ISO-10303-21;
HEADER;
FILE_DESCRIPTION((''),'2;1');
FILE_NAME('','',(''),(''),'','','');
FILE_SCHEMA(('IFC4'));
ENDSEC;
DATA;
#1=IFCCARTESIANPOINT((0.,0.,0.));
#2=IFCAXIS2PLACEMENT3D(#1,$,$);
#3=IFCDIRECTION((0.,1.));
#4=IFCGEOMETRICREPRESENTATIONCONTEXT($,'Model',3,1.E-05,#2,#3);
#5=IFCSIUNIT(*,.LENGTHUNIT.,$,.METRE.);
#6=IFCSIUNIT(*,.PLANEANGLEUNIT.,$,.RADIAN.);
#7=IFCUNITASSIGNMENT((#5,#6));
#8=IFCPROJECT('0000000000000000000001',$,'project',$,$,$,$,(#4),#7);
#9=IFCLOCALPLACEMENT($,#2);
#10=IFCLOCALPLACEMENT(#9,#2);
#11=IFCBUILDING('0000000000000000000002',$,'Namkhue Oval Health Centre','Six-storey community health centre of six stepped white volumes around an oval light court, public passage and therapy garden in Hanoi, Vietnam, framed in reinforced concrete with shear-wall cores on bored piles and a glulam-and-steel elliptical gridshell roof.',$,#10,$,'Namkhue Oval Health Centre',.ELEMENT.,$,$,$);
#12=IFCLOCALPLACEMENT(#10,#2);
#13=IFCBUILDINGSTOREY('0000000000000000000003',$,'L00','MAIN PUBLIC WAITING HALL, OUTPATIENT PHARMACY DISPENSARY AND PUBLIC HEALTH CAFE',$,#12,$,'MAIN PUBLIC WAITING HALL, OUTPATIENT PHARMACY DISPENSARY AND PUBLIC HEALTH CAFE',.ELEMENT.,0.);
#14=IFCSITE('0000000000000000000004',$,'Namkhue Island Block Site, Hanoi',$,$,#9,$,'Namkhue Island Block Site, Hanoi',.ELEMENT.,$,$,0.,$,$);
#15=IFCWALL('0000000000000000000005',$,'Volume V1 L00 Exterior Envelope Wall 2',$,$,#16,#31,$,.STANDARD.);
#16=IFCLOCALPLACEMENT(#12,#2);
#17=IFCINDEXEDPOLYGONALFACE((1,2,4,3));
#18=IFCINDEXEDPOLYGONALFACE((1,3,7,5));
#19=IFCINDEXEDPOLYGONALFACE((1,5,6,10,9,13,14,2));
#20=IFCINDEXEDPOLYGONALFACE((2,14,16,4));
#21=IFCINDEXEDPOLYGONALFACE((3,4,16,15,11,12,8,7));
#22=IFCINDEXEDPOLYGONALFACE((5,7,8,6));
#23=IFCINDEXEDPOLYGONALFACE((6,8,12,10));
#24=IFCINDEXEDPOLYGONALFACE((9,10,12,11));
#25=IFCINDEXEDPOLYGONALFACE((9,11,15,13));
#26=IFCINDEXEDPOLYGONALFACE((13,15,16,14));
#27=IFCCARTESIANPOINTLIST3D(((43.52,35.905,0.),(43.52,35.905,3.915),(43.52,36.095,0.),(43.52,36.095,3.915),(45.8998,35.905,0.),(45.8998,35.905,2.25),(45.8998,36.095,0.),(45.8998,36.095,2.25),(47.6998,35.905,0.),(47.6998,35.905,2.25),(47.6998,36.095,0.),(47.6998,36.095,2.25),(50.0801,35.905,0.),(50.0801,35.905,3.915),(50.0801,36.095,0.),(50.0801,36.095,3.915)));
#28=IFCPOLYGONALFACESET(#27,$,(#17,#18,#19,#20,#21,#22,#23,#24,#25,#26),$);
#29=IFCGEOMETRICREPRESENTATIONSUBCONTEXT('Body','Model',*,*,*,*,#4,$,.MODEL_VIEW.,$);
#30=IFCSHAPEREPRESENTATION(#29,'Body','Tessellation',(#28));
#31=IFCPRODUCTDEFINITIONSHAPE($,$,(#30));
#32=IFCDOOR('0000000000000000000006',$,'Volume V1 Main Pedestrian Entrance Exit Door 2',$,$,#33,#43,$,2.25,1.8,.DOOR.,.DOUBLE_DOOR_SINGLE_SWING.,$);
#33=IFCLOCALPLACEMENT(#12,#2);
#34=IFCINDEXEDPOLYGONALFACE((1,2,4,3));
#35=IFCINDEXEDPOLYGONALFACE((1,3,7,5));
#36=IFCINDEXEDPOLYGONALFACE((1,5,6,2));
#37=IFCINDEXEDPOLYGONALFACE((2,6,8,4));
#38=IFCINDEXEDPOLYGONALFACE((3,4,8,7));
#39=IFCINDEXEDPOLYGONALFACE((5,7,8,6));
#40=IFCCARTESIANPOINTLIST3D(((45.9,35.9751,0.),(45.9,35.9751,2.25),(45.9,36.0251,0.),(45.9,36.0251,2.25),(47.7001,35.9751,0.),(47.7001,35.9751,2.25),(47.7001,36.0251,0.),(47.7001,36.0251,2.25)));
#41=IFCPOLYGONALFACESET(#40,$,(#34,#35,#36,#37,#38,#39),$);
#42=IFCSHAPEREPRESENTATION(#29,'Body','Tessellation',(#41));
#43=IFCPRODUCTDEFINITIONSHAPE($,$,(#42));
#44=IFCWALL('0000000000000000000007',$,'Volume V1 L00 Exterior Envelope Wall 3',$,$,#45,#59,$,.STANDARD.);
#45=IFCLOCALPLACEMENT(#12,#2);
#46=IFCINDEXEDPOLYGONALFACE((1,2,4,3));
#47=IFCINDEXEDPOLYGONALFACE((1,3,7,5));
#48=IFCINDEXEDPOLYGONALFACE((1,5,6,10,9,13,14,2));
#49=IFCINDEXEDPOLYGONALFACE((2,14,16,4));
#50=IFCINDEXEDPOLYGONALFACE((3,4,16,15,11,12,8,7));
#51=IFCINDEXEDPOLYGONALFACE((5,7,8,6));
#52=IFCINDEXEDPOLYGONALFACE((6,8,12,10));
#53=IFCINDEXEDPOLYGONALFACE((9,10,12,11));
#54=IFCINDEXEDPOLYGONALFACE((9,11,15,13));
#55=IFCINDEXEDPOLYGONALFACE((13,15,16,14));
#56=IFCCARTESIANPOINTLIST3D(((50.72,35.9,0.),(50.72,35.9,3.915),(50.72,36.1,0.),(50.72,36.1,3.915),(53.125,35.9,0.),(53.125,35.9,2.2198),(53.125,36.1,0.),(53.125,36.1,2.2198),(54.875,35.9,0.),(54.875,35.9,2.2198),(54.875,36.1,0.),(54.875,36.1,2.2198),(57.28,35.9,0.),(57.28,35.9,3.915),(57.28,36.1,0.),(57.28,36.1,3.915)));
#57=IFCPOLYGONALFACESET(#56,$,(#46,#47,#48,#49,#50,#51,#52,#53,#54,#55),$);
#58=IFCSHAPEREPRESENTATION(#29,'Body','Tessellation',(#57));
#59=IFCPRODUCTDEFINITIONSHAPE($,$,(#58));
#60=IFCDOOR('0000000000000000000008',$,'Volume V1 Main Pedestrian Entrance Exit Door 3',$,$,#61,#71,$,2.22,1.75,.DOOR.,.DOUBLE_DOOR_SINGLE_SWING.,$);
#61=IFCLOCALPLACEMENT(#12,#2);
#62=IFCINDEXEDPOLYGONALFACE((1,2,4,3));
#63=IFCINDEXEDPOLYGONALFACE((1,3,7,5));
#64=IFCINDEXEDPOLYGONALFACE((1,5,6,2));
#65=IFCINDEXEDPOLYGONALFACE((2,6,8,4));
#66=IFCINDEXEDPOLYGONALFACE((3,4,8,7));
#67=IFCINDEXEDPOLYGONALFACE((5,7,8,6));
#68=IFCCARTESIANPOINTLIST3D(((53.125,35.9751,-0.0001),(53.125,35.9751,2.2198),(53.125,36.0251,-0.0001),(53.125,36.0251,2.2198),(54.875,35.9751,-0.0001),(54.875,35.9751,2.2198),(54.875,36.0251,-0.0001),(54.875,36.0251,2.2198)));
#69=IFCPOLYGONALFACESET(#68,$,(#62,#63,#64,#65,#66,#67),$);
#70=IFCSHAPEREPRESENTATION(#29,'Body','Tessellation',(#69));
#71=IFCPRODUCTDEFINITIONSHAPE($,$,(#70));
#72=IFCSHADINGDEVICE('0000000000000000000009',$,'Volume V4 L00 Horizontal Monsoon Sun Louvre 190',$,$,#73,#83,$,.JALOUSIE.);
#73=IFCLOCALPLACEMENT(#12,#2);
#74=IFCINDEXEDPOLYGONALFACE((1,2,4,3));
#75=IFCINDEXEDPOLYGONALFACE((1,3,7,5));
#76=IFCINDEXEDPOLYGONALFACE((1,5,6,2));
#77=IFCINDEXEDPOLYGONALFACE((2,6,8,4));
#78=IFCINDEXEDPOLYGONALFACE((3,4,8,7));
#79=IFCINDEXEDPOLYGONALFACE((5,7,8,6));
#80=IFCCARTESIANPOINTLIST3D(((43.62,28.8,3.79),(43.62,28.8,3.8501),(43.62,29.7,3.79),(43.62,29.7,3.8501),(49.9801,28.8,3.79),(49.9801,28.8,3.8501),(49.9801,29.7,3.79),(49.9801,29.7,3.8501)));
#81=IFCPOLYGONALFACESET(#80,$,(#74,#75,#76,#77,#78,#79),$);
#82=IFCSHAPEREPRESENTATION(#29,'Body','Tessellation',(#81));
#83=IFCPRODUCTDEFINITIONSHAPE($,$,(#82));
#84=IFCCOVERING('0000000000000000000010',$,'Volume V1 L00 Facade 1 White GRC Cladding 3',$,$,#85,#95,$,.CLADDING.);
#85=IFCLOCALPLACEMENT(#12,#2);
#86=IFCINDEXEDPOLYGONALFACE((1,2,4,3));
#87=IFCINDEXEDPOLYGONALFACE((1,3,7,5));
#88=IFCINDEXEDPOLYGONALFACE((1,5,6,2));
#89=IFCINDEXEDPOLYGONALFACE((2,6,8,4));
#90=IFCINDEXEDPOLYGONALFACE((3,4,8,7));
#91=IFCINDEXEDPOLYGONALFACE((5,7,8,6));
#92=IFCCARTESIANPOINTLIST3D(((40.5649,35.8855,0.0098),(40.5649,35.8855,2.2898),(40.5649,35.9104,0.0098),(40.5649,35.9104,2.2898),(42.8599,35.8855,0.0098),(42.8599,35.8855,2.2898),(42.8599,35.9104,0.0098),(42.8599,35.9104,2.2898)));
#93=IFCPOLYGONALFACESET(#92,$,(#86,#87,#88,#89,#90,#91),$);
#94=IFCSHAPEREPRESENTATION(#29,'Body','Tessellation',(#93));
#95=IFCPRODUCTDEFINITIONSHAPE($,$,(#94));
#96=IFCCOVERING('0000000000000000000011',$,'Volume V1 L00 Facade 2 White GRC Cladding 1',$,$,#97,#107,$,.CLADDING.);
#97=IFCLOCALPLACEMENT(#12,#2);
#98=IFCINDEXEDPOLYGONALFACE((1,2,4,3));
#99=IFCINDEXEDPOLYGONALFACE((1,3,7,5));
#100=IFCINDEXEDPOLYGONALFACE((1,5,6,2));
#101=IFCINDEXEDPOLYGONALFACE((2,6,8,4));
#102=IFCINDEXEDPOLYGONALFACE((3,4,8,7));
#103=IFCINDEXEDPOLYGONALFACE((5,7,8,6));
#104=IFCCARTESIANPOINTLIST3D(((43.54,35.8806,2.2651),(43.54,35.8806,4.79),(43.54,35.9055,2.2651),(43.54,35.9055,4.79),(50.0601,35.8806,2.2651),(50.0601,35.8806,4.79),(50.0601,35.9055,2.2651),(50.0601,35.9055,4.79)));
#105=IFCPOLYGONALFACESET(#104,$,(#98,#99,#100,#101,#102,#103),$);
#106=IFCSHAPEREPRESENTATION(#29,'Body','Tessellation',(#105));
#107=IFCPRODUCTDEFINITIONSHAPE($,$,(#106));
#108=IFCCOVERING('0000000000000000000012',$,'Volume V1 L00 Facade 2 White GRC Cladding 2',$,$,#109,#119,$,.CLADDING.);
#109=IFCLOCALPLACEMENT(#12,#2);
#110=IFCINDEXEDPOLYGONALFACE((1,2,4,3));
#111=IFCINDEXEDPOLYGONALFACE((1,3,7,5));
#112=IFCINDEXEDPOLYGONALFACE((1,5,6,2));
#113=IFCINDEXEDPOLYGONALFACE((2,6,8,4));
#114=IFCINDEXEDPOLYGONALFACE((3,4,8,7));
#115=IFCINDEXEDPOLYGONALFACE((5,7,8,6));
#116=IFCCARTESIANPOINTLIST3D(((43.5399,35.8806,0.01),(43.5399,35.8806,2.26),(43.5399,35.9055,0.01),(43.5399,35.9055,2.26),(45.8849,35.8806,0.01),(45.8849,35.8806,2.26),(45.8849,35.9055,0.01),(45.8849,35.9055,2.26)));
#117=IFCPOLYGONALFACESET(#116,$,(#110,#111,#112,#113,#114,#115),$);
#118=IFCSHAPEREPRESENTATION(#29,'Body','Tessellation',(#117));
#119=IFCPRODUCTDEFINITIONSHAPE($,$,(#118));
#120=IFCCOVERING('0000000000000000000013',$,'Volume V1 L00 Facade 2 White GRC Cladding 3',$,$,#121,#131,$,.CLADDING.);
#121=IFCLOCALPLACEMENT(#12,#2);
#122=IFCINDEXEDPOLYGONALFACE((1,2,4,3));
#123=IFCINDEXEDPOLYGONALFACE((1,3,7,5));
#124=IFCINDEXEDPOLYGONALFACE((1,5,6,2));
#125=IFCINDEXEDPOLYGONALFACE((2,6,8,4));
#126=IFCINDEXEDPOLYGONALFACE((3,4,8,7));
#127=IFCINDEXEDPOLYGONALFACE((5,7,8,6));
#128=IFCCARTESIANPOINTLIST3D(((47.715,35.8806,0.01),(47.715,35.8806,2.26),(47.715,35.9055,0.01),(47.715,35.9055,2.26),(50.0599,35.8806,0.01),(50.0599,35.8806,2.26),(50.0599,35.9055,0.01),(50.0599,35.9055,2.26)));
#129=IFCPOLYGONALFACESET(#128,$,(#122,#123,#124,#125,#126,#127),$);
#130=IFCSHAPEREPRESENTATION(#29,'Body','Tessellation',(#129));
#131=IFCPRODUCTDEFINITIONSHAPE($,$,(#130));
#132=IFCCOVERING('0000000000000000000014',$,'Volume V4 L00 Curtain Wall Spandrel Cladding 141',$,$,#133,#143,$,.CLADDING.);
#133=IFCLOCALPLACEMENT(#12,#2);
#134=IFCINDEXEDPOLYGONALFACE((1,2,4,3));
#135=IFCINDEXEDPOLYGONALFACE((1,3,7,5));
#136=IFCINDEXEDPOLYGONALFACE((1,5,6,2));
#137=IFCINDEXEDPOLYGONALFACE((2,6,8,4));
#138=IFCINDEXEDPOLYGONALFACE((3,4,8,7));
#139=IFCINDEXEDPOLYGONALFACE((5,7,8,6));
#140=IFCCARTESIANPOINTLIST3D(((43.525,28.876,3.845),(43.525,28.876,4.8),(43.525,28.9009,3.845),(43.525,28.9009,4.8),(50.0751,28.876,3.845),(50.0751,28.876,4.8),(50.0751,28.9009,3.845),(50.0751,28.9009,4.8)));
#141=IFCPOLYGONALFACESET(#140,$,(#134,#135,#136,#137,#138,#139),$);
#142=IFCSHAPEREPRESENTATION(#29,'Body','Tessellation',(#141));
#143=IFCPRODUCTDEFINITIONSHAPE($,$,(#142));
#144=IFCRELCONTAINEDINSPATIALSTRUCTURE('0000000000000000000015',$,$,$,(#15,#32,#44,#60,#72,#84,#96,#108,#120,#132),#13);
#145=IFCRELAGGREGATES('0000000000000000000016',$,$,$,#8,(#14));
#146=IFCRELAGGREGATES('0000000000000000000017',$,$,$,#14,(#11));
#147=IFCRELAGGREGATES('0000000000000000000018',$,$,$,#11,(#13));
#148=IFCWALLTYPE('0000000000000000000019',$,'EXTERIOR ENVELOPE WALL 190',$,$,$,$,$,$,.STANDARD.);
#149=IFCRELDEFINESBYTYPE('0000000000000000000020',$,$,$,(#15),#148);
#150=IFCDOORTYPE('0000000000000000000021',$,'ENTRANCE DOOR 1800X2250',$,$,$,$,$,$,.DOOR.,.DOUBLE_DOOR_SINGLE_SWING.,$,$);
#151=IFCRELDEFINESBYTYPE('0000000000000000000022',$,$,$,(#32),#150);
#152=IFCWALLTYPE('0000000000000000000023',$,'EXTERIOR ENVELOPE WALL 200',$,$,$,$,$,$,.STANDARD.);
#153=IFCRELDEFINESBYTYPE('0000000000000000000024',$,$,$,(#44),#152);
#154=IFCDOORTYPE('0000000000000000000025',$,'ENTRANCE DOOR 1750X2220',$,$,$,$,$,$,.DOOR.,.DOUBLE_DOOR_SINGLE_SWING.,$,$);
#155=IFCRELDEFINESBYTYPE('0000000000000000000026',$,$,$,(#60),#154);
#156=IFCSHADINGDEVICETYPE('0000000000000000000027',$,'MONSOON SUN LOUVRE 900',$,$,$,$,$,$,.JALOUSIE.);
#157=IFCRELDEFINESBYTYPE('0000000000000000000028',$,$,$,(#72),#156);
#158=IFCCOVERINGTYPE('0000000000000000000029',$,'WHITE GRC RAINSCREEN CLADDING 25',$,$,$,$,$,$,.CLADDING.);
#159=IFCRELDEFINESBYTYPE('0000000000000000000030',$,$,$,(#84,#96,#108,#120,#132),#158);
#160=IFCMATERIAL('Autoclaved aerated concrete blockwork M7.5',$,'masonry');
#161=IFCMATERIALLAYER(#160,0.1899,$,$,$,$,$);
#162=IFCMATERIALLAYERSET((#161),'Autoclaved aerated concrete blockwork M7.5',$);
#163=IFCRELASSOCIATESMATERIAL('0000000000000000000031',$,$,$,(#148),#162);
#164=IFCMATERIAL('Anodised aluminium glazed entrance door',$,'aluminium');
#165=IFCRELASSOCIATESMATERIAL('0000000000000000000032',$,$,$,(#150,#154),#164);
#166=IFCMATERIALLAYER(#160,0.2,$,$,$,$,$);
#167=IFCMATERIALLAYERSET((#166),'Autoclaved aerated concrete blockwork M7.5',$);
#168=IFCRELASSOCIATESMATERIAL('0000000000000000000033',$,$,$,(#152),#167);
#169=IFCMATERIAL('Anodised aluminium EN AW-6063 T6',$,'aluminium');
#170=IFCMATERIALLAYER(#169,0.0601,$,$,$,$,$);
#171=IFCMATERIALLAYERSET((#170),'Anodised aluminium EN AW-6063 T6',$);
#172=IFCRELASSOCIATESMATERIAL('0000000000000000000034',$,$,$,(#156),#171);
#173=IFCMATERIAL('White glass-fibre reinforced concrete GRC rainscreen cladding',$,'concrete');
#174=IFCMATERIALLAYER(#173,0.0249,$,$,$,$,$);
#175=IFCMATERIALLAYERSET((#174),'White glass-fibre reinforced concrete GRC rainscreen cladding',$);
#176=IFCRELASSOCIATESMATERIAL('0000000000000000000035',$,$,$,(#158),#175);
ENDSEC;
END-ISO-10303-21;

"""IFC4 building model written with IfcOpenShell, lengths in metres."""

from ifc_helpers import new_model, si_unit, direction, frame, frame_2d, origin, origin_2d, place, context, subcontext, project, spatial, rectangle, extrude, material, layer, layer_set, type_object, element, fill, save


model = new_model("IFC4")

# Units and contexts
model_context = context("Model", 3, precision=1e-05, world=origin(), true_north=direction((0.0, 1.0)))
body_context = subcontext(model_context, "Body", "Model", "MODEL_VIEW")
ifc_project = project(units=[si_unit("LENGTHUNIT", "METRE"), si_unit("PLANEANGLEUNIT", "RADIAN")], contexts=[model_context])

# Site, building, storey
site_placement = place(None, origin())
site = spatial("IfcSite", under=ifc_project, at=site_placement, Name="Namkhue Island Block Site, Hanoi", LongName="Namkhue Island Block Site, Hanoi", CompositionType="ELEMENT", RefElevation=0.0)
building_placement = place(site_placement, origin())
building = spatial("IfcBuilding", under=site, at=building_placement, Name="Namkhue Oval Health Centre", Description="Six-storey community health centre of six stepped white volumes around an oval light court, public passage and therapy garden in Hanoi, Vietnam, framed in reinforced concrete with shear-wall cores on bored piles and a glulam-and-steel elliptical gridshell roof.", LongName="Namkhue Oval Health Centre", CompositionType="ELEMENT")
storey_placement = place(building_placement, origin())
storey = spatial("IfcBuildingStorey", under=building, at=storey_placement, Name="L00", Description="MAIN PUBLIC WAITING HALL, OUTPATIENT PHARMACY DISPENSARY AND PUBLIC HEALTH CAFE", LongName="MAIN PUBLIC WAITING HALL, OUTPATIENT PHARMACY DISPENSARY AND PUBLIC HEALTH CAFE", CompositionType="ELEMENT", Elevation=0.0)

# Shared definitions
ifc_material_1 = material(Name="Anodised aluminium EN AW-6063 T6", Category="aluminium")

# Walls, openings, doors
ifc_material_2 = material(Name="Autoclaved aerated concrete blockwork M7.5", Category="masonry")
ifc_layer_1 = layer(ifc_material_2, 0.1899)
ifc_layer_set_1 = layer_set([ifc_layer_1], Name="Autoclaved aerated concrete blockwork M7.5")
wall_type_1 = type_object("IfcWallType", Name="EXTERIOR ENVELOPE WALL 190", PredefinedType="STANDARD", material=ifc_layer_set_1)
wall_1_placement = place(storey_placement, frame((43.52, 36.0, 0.0), z_axis=(0.0, 0.0, 1.0), x_axis=(1.0, 0.0, 0.0)))
wall_1 = element("IfcWall", 1, at=wall_1_placement, inside=storey, type_object=wall_type_1, Name="Volume V1 L00 Exterior Envelope Wall 2", PredefinedType="STANDARD", context=body_context, shape_type="SweptSolid", body=[
    extrude(rectangle(XDim=6.5601, YDim=0.1899, at=frame_2d((3.28, 0.0))), origin(), (0.0, 0.0, 1.0), 3.915),
])
opening_1_placement = place(wall_1_placement, frame((2.3799, 0.0, 0.0)))
opening_1 = element("IfcOpeningElement", 2, at=opening_1_placement, cuts=wall_1, PredefinedType="OPENING", context=body_context, shape_type="SweptSolid", body=[
    extrude(rectangle(XDim=1.8, YDim=2.25, at=frame_2d((0.8999, 1.125))), frame((0.0, 0.105, 0.0), z_axis=(0.0, -1.0, 0.0), x_axis=(1.0, 0.0, 0.0)), (0.0, 0.0, 1.0), 0.21),
])
ifc_material_3 = material(Name="Anodised aluminium glazed entrance door", Category="aluminium")
door_type_1 = type_object("IfcDoorType", Name="ENTRANCE DOOR 1800X2250", OperationType="DOUBLE_DOOR_SINGLE_SWING", PredefinedType="DOOR", material=ifc_material_3)
door_1_placement = place(opening_1_placement, frame((1.8, 0.0, 0.0), z_axis=(0.0, 0.0, 1.0), x_axis=(-1.0, 0.0, 0.0)))
door_1 = element("IfcDoor", 3, at=door_1_placement, inside=storey, type_object=door_type_1, Name="Volume V1 Main Pedestrian Entrance Exit Door 2", OperationType="DOUBLE_DOOR_SINGLE_SWING", OverallHeight=2.25, OverallWidth=1.8, PredefinedType="DOOR", context=body_context, shape_type="SweptSolid", body=[
    extrude(rectangle(XDim=1.8, YDim=2.25, at=frame_2d((0.8999, 1.125))), frame((0.0, 0.0249, 0.0), z_axis=(0.0, -1.0, 0.0), x_axis=(1.0, 0.0, 0.0)), (0.0, 0.0, 1.0), 0.05),
])
fill(opening_1, door_1)
ifc_layer_2 = layer(ifc_material_2, 0.2)
ifc_layer_set_2 = layer_set([ifc_layer_2], Name="Autoclaved aerated concrete blockwork M7.5")
wall_type_2 = type_object("IfcWallType", Name="EXTERIOR ENVELOPE WALL 200", PredefinedType="STANDARD", material=ifc_layer_set_2)
wall_2_placement = place(storey_placement, frame((50.72, 36.0, 0.0), z_axis=(0.0, 0.0, 1.0), x_axis=(1.0, 0.0, 0.0)))
wall_2 = element("IfcWall", 4, at=wall_2_placement, inside=storey, type_object=wall_type_2, Name="Volume V1 L00 Exterior Envelope Wall 3", PredefinedType="STANDARD", context=body_context, shape_type="SweptSolid", body=[
    extrude(rectangle(XDim=6.5601, YDim=0.2, at=frame_2d((3.28, 0.0))), origin(), (0.0, 0.0, 1.0), 3.915),
])
opening_2_placement = place(wall_2_placement, frame((2.405, 0.0, 0.0)))
opening_2 = element("IfcOpeningElement", 5, at=opening_2_placement, cuts=wall_2, PredefinedType="OPENING", context=body_context, shape_type="SweptSolid", body=[
    extrude(rectangle(XDim=1.75, YDim=2.22, at=frame_2d((0.875, 1.1099))), frame((0.0, 0.1099, 0.0), z_axis=(0.0, -1.0, 0.0), x_axis=(1.0, 0.0, 0.0)), (0.0, 0.0, 1.0), 0.22),
])
door_type_2 = type_object("IfcDoorType", Name="ENTRANCE DOOR 1750X2220", OperationType="DOUBLE_DOOR_SINGLE_SWING", PredefinedType="DOOR", material=ifc_material_3)
door_2_placement = place(opening_2_placement, frame((1.75, 0.0, 0.0), z_axis=(0.0, 0.0, 1.0), x_axis=(-1.0, 0.0, 0.0)))
door_2 = element("IfcDoor", 6, at=door_2_placement, inside=storey, type_object=door_type_2, Name="Volume V1 Main Pedestrian Entrance Exit Door 3", OperationType="DOUBLE_DOOR_SINGLE_SWING", OverallHeight=2.22, OverallWidth=1.75, PredefinedType="DOOR", context=body_context, shape_type="SweptSolid", body=[
    extrude(rectangle(XDim=1.75, YDim=2.22, at=frame_2d((0.875, 1.1099))), frame((0.0, 0.0249, 0.0), z_axis=(0.0, -1.0, 0.0), x_axis=(1.0, 0.0, 0.0)), (0.0, 0.0, 1.0), 0.05),
])
fill(opening_2, door_2)

# Shading device
ifc_layer_3 = layer(ifc_material_1, 0.0601)
ifc_layer_set_3 = layer_set([ifc_layer_3], Name="Anodised aluminium EN AW-6063 T6")
shading_device_type = type_object("IfcShadingDeviceType", Name="MONSOON SUN LOUVRE 900", PredefinedType="JALOUSIE", material=ifc_layer_set_3)
shading_device_placement = place(storey_placement, frame((46.8, 29.25, 3.79), z_axis=(0.0, 0.0, 1.0), x_axis=(-1.0, 0.0, 0.0)))
element("IfcShadingDevice", 7, at=shading_device_placement, inside=storey, type_object=shading_device_type, Name="Volume V4 L00 Horizontal Monsoon Sun Louvre 190", PredefinedType="JALOUSIE", context=body_context, shape_type="SweptSolid", body=[
    extrude(rectangle(XDim=6.3601, YDim=0.8999, at=origin_2d()), origin(), (0.0, 0.0, 1.0), 0.0601),
])

# Coverings
ifc_material_4 = material(Name="White glass-fibre reinforced concrete GRC rainscreen cladding", Category="concrete")
ifc_layer_4 = layer(ifc_material_4, 0.0249)
ifc_layer_set_4 = layer_set([ifc_layer_4], Name="White glass-fibre reinforced concrete GRC rainscreen cladding")
covering_type = type_object("IfcCoveringType", Name="WHITE GRC RAINSCREEN CLADDING 25", PredefinedType="CLADDING", material=ifc_layer_set_4)
covering_1_placement = place(storey_placement, frame((41.7124, 35.8979, 0.0098), z_axis=(0.0, 0.0, 1.0), x_axis=(1.0, 0.0, 0.0)))
element("IfcCovering", 8, at=covering_1_placement, inside=storey, type_object=covering_type, Name="Volume V1 L00 Facade 1 White GRC Cladding 3", PredefinedType="CLADDING", context=body_context, shape_type="SweptSolid", body=[
    extrude(rectangle(XDim=2.2949, YDim=0.0249, at=origin_2d()), origin(), (0.0, 0.0, 1.0), 2.28),
])
covering_2_placement = place(storey_placement, frame((46.8, 35.8931, 2.2651), z_axis=(0.0, 0.0, 1.0), x_axis=(1.0, 0.0, 0.0)))
element("IfcCovering", 9, at=covering_2_placement, inside=storey, type_object=covering_type, Name="Volume V1 L00 Facade 2 White GRC Cladding 1", PredefinedType="CLADDING", context=body_context, shape_type="SweptSolid", body=[
    extrude(rectangle(XDim=6.52, YDim=0.0249, at=origin_2d()), origin(), (0.0, 0.0, 1.0), 2.5249),
])
for number, where, z_axis, x_axis, name in (
    (10, (44.7124, 35.8931, 0.01), (0.0, 0.0, 1.0), (1.0, 0.0, 0.0), "Volume V1 L00 Facade 2 White GRC Cladding 2"),
    (11, (48.8875, 35.8931, 0.01), (0.0, 0.0, 1.0), (1.0, 0.0, 0.0), "Volume V1 L00 Facade 2 White GRC Cladding 3"),
):
    element("IfcCovering", number, at=place(storey_placement, frame(where, z_axis=z_axis, x_axis=x_axis)), inside=storey, type_object=covering_type, Name=name, PredefinedType="CLADDING", context=body_context, shape_type="SweptSolid", body=[
        extrude(rectangle(XDim=2.345, YDim=0.0249, at=origin_2d()), origin(), (0.0, 0.0, 1.0), 2.25),
    ])
covering_3_placement = place(storey_placement, frame((46.8, 28.8884, 3.845), z_axis=(0.0, 0.0, 1.0), x_axis=(-1.0, 0.0, 0.0)))
element("IfcCovering", 12, at=covering_3_placement, inside=storey, type_object=covering_type, Name="Volume V4 L00 Curtain Wall Spandrel Cladding 141", PredefinedType="CLADDING", context=body_context, shape_type="SweptSolid", body=[
    extrude(rectangle(XDim=6.55, YDim=0.0249, at=origin_2d()), origin(), (0.0, 0.0, 1.0), 0.9551),
])

save(model, "model.ifc")
